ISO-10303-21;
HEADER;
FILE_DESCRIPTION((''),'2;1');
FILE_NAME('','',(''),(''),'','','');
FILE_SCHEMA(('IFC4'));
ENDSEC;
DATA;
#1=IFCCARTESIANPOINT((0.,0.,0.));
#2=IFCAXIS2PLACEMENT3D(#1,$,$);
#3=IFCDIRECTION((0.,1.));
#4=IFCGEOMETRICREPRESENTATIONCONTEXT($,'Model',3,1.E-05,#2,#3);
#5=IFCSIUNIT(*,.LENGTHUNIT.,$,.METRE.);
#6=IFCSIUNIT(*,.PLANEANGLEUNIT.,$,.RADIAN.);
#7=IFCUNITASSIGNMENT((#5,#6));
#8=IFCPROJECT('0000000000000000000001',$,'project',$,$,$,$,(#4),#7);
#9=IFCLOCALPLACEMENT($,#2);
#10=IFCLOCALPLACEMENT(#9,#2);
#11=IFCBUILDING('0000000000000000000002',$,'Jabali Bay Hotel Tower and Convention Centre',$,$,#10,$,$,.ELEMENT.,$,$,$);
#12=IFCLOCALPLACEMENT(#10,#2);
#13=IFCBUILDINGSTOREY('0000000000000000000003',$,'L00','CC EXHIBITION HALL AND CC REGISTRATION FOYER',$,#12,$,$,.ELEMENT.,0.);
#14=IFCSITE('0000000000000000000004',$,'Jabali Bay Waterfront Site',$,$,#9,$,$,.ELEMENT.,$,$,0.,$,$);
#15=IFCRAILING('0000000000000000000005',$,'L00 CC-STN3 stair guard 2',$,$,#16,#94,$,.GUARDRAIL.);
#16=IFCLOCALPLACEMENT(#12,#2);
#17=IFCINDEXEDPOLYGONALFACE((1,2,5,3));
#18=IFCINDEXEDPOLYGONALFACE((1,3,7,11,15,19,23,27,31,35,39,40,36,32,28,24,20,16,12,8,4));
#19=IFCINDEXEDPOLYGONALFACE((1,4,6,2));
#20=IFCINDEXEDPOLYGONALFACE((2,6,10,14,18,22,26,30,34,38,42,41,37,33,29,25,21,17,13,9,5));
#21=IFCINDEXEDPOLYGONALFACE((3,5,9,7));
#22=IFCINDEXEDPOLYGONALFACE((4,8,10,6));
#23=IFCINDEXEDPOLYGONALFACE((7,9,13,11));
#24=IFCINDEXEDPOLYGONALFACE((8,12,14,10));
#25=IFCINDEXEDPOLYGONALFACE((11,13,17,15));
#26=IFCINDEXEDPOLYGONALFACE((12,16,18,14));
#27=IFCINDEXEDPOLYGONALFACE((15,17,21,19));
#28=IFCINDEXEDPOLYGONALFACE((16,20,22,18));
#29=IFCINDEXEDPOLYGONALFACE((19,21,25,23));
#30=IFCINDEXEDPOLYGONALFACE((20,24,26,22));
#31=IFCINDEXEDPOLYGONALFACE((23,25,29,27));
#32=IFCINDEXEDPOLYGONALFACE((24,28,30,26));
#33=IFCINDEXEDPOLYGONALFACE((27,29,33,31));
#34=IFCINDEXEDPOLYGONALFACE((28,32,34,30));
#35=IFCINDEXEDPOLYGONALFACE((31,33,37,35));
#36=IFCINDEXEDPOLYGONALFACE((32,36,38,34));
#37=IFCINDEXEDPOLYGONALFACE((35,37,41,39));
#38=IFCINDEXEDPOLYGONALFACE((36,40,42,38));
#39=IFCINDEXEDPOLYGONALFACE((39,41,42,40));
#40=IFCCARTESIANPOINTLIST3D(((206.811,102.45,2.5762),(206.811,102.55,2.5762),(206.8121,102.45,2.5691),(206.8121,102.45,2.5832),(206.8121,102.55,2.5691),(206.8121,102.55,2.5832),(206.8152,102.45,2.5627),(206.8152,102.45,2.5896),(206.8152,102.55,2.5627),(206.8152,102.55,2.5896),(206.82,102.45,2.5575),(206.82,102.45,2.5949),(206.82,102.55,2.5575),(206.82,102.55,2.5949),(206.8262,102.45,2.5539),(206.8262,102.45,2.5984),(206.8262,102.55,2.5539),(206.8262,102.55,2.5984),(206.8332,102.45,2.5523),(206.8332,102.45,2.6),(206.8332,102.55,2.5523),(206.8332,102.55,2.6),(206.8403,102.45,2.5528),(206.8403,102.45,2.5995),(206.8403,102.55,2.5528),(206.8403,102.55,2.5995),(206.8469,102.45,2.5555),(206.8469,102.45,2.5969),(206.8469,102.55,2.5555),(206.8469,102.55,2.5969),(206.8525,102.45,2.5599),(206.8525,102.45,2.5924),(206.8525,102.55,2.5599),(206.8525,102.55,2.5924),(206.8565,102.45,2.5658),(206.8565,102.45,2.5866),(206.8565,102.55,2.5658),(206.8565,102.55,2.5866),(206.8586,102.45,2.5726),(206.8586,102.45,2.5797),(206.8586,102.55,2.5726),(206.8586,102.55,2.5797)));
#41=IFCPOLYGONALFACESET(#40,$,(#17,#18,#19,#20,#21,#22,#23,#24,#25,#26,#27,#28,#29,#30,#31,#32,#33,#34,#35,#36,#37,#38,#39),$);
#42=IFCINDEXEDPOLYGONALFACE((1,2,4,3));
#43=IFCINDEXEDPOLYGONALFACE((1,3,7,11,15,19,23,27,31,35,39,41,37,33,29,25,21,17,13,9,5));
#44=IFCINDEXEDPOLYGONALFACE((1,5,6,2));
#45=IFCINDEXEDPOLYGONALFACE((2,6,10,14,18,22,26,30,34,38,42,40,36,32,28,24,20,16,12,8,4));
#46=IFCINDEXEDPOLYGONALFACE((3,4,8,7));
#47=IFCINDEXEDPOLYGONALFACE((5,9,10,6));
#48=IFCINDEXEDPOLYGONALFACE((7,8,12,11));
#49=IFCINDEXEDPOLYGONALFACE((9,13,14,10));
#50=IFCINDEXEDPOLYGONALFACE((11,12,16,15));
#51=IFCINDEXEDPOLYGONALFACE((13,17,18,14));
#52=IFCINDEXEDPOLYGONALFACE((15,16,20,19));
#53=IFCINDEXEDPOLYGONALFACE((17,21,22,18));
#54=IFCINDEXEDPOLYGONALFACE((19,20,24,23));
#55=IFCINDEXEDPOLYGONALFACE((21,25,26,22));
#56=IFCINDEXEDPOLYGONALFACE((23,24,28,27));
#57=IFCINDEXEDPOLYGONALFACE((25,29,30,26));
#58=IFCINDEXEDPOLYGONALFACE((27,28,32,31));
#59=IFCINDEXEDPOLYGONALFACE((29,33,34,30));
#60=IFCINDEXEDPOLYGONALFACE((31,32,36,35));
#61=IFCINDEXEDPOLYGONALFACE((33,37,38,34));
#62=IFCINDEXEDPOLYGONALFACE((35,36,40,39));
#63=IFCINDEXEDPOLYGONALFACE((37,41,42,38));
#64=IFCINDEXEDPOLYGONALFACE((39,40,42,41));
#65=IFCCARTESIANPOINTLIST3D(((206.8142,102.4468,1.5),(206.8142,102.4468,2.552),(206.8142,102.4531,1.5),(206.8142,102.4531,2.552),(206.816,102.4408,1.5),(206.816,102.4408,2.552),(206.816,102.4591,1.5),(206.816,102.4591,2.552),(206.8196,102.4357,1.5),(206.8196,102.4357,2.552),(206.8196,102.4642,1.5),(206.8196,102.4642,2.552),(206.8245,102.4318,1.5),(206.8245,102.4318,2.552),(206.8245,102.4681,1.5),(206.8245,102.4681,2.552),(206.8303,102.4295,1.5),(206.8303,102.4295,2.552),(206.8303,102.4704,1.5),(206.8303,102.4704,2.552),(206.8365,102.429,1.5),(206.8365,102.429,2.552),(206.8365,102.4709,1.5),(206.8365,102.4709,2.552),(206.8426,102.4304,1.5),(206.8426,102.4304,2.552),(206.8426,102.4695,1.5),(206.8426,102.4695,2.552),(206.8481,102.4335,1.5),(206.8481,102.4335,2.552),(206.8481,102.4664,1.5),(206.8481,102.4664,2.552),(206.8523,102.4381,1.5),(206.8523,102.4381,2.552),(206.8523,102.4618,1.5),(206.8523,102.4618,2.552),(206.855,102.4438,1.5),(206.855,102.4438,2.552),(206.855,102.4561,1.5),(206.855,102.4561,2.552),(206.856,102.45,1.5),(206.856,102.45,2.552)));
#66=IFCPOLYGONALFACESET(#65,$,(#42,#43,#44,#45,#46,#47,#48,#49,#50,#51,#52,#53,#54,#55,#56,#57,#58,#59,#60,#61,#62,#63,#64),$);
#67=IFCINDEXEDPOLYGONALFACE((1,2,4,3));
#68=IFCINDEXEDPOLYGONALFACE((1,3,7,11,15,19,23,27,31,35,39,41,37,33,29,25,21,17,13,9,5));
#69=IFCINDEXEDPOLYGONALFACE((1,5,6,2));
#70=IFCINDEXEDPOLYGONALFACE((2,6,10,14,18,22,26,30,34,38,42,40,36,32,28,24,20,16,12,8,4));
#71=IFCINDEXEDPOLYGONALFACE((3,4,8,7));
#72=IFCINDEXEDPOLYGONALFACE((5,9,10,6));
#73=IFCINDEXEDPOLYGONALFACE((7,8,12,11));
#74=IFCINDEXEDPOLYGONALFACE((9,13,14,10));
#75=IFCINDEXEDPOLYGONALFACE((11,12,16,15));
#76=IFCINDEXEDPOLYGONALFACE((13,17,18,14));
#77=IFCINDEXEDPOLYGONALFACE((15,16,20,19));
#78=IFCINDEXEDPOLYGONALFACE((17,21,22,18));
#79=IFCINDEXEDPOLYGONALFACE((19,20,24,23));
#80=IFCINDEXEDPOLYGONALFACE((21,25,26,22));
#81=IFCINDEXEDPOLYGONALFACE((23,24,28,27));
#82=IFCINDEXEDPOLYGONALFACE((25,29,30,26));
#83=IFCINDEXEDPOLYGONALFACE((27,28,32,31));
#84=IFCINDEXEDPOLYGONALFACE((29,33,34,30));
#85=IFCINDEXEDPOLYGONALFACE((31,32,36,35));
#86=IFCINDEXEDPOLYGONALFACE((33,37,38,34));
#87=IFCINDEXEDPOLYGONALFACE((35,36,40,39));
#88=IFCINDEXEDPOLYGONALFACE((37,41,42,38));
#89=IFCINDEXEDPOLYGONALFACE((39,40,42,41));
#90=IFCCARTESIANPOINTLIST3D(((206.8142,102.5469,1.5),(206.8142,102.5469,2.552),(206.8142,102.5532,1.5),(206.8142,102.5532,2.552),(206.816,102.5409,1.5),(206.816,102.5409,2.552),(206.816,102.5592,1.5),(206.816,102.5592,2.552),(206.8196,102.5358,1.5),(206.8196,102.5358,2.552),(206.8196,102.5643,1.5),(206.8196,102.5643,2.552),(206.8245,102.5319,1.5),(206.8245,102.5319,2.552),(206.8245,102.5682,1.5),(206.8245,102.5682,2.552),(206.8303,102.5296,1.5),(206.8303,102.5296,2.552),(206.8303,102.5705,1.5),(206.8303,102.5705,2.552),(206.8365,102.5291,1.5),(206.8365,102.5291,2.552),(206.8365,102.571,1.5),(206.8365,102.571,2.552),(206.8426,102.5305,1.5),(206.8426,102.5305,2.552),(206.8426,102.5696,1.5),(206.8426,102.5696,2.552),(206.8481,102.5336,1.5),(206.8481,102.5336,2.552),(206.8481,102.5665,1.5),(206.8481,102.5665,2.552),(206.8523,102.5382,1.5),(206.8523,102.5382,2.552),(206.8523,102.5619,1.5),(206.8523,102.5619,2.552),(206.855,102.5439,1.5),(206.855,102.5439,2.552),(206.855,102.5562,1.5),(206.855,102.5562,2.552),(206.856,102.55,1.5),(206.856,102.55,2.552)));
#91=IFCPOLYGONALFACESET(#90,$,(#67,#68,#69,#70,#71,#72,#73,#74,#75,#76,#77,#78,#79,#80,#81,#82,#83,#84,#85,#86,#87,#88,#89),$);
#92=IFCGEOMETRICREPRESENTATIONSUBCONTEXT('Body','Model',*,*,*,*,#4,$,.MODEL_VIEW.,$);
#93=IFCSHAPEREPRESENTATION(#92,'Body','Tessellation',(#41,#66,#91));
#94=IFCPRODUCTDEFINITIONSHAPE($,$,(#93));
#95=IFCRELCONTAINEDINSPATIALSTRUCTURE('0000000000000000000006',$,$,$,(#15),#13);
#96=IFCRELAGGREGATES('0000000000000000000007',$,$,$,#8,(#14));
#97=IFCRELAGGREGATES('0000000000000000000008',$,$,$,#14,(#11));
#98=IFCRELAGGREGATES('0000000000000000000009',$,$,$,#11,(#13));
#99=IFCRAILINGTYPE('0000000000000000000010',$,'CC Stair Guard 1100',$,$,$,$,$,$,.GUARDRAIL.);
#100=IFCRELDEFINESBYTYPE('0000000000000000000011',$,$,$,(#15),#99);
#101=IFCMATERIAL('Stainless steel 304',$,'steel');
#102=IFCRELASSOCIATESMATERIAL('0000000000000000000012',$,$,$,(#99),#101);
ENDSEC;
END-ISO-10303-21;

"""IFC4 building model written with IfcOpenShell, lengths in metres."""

from ifc_helpers import new_model, si_unit, direction, frame, origin, origin_2d, place, context, subcontext, project, spatial, circle, extrude, material, type_object, element, save


model = new_model("IFC4")

# Units and contexts
model_context = context("Model", 3, precision=1e-05, world=origin(), true_north=direction((0.0, 1.0)))
body_context = subcontext(model_context, "Body", "Model", "MODEL_VIEW")
ifc_project = project(units=[si_unit("LENGTHUNIT", "METRE"), si_unit("PLANEANGLEUNIT", "RADIAN")], contexts=[model_context])

# Site, building, storey
site_placement = place(None, origin())
site = spatial("IfcSite", under=ifc_project, at=site_placement, Name="Jabali Bay Waterfront Site", CompositionType="ELEMENT", RefElevation=0.0)
building_placement = place(site_placement, origin())
building = spatial("IfcBuilding", under=site, at=building_placement, Name="Jabali Bay Hotel Tower and Convention Centre", CompositionType="ELEMENT")
storey_placement = place(building_placement, origin())
storey = spatial("IfcBuildingStorey", under=building, at=storey_placement, Name="L00", Description="CC EXHIBITION HALL AND CC REGISTRATION FOYER", CompositionType="ELEMENT", Elevation=0.0)

# Railing
ifc_material_1 = material(Name="Stainless steel 304", Category="steel")
railing_type_1 = type_object("IfcRailingType", Name="CC Stair Guard 1100", PredefinedType="GUARDRAIL", material=ifc_material_1)
railing_1_placement = place(storey_placement, frame((206.835, 102.45, 1.5)))
element("IfcRailing", 1, at=railing_1_placement, inside=storey, type_object=railing_type_1, Name="L00 CC-STN3 stair guard 2", PredefinedType="GUARDRAIL", context=body_context, shape_type="SweptSolid", body=[
    extrude(circle(Radius=0.0239, at=origin_2d()), frame((0.0, 0.0, 1.0762), z_axis=(0.0, 1.0, 0.0), x_axis=(-1.0, 0.0, 0.0)), (0.0, 0.0, 1.0), 0.1001),
    extrude(circle(Radius=0.021, at=origin_2d()), origin(), (0.0, 0.0, 1.0), 1.052),
    extrude(circle(Radius=0.021, at=origin_2d()), frame((0.0, 0.1001, 0.0)), (0.0, 0.0, 1.0), 1.052),
])

save(model, "model.ifc")
